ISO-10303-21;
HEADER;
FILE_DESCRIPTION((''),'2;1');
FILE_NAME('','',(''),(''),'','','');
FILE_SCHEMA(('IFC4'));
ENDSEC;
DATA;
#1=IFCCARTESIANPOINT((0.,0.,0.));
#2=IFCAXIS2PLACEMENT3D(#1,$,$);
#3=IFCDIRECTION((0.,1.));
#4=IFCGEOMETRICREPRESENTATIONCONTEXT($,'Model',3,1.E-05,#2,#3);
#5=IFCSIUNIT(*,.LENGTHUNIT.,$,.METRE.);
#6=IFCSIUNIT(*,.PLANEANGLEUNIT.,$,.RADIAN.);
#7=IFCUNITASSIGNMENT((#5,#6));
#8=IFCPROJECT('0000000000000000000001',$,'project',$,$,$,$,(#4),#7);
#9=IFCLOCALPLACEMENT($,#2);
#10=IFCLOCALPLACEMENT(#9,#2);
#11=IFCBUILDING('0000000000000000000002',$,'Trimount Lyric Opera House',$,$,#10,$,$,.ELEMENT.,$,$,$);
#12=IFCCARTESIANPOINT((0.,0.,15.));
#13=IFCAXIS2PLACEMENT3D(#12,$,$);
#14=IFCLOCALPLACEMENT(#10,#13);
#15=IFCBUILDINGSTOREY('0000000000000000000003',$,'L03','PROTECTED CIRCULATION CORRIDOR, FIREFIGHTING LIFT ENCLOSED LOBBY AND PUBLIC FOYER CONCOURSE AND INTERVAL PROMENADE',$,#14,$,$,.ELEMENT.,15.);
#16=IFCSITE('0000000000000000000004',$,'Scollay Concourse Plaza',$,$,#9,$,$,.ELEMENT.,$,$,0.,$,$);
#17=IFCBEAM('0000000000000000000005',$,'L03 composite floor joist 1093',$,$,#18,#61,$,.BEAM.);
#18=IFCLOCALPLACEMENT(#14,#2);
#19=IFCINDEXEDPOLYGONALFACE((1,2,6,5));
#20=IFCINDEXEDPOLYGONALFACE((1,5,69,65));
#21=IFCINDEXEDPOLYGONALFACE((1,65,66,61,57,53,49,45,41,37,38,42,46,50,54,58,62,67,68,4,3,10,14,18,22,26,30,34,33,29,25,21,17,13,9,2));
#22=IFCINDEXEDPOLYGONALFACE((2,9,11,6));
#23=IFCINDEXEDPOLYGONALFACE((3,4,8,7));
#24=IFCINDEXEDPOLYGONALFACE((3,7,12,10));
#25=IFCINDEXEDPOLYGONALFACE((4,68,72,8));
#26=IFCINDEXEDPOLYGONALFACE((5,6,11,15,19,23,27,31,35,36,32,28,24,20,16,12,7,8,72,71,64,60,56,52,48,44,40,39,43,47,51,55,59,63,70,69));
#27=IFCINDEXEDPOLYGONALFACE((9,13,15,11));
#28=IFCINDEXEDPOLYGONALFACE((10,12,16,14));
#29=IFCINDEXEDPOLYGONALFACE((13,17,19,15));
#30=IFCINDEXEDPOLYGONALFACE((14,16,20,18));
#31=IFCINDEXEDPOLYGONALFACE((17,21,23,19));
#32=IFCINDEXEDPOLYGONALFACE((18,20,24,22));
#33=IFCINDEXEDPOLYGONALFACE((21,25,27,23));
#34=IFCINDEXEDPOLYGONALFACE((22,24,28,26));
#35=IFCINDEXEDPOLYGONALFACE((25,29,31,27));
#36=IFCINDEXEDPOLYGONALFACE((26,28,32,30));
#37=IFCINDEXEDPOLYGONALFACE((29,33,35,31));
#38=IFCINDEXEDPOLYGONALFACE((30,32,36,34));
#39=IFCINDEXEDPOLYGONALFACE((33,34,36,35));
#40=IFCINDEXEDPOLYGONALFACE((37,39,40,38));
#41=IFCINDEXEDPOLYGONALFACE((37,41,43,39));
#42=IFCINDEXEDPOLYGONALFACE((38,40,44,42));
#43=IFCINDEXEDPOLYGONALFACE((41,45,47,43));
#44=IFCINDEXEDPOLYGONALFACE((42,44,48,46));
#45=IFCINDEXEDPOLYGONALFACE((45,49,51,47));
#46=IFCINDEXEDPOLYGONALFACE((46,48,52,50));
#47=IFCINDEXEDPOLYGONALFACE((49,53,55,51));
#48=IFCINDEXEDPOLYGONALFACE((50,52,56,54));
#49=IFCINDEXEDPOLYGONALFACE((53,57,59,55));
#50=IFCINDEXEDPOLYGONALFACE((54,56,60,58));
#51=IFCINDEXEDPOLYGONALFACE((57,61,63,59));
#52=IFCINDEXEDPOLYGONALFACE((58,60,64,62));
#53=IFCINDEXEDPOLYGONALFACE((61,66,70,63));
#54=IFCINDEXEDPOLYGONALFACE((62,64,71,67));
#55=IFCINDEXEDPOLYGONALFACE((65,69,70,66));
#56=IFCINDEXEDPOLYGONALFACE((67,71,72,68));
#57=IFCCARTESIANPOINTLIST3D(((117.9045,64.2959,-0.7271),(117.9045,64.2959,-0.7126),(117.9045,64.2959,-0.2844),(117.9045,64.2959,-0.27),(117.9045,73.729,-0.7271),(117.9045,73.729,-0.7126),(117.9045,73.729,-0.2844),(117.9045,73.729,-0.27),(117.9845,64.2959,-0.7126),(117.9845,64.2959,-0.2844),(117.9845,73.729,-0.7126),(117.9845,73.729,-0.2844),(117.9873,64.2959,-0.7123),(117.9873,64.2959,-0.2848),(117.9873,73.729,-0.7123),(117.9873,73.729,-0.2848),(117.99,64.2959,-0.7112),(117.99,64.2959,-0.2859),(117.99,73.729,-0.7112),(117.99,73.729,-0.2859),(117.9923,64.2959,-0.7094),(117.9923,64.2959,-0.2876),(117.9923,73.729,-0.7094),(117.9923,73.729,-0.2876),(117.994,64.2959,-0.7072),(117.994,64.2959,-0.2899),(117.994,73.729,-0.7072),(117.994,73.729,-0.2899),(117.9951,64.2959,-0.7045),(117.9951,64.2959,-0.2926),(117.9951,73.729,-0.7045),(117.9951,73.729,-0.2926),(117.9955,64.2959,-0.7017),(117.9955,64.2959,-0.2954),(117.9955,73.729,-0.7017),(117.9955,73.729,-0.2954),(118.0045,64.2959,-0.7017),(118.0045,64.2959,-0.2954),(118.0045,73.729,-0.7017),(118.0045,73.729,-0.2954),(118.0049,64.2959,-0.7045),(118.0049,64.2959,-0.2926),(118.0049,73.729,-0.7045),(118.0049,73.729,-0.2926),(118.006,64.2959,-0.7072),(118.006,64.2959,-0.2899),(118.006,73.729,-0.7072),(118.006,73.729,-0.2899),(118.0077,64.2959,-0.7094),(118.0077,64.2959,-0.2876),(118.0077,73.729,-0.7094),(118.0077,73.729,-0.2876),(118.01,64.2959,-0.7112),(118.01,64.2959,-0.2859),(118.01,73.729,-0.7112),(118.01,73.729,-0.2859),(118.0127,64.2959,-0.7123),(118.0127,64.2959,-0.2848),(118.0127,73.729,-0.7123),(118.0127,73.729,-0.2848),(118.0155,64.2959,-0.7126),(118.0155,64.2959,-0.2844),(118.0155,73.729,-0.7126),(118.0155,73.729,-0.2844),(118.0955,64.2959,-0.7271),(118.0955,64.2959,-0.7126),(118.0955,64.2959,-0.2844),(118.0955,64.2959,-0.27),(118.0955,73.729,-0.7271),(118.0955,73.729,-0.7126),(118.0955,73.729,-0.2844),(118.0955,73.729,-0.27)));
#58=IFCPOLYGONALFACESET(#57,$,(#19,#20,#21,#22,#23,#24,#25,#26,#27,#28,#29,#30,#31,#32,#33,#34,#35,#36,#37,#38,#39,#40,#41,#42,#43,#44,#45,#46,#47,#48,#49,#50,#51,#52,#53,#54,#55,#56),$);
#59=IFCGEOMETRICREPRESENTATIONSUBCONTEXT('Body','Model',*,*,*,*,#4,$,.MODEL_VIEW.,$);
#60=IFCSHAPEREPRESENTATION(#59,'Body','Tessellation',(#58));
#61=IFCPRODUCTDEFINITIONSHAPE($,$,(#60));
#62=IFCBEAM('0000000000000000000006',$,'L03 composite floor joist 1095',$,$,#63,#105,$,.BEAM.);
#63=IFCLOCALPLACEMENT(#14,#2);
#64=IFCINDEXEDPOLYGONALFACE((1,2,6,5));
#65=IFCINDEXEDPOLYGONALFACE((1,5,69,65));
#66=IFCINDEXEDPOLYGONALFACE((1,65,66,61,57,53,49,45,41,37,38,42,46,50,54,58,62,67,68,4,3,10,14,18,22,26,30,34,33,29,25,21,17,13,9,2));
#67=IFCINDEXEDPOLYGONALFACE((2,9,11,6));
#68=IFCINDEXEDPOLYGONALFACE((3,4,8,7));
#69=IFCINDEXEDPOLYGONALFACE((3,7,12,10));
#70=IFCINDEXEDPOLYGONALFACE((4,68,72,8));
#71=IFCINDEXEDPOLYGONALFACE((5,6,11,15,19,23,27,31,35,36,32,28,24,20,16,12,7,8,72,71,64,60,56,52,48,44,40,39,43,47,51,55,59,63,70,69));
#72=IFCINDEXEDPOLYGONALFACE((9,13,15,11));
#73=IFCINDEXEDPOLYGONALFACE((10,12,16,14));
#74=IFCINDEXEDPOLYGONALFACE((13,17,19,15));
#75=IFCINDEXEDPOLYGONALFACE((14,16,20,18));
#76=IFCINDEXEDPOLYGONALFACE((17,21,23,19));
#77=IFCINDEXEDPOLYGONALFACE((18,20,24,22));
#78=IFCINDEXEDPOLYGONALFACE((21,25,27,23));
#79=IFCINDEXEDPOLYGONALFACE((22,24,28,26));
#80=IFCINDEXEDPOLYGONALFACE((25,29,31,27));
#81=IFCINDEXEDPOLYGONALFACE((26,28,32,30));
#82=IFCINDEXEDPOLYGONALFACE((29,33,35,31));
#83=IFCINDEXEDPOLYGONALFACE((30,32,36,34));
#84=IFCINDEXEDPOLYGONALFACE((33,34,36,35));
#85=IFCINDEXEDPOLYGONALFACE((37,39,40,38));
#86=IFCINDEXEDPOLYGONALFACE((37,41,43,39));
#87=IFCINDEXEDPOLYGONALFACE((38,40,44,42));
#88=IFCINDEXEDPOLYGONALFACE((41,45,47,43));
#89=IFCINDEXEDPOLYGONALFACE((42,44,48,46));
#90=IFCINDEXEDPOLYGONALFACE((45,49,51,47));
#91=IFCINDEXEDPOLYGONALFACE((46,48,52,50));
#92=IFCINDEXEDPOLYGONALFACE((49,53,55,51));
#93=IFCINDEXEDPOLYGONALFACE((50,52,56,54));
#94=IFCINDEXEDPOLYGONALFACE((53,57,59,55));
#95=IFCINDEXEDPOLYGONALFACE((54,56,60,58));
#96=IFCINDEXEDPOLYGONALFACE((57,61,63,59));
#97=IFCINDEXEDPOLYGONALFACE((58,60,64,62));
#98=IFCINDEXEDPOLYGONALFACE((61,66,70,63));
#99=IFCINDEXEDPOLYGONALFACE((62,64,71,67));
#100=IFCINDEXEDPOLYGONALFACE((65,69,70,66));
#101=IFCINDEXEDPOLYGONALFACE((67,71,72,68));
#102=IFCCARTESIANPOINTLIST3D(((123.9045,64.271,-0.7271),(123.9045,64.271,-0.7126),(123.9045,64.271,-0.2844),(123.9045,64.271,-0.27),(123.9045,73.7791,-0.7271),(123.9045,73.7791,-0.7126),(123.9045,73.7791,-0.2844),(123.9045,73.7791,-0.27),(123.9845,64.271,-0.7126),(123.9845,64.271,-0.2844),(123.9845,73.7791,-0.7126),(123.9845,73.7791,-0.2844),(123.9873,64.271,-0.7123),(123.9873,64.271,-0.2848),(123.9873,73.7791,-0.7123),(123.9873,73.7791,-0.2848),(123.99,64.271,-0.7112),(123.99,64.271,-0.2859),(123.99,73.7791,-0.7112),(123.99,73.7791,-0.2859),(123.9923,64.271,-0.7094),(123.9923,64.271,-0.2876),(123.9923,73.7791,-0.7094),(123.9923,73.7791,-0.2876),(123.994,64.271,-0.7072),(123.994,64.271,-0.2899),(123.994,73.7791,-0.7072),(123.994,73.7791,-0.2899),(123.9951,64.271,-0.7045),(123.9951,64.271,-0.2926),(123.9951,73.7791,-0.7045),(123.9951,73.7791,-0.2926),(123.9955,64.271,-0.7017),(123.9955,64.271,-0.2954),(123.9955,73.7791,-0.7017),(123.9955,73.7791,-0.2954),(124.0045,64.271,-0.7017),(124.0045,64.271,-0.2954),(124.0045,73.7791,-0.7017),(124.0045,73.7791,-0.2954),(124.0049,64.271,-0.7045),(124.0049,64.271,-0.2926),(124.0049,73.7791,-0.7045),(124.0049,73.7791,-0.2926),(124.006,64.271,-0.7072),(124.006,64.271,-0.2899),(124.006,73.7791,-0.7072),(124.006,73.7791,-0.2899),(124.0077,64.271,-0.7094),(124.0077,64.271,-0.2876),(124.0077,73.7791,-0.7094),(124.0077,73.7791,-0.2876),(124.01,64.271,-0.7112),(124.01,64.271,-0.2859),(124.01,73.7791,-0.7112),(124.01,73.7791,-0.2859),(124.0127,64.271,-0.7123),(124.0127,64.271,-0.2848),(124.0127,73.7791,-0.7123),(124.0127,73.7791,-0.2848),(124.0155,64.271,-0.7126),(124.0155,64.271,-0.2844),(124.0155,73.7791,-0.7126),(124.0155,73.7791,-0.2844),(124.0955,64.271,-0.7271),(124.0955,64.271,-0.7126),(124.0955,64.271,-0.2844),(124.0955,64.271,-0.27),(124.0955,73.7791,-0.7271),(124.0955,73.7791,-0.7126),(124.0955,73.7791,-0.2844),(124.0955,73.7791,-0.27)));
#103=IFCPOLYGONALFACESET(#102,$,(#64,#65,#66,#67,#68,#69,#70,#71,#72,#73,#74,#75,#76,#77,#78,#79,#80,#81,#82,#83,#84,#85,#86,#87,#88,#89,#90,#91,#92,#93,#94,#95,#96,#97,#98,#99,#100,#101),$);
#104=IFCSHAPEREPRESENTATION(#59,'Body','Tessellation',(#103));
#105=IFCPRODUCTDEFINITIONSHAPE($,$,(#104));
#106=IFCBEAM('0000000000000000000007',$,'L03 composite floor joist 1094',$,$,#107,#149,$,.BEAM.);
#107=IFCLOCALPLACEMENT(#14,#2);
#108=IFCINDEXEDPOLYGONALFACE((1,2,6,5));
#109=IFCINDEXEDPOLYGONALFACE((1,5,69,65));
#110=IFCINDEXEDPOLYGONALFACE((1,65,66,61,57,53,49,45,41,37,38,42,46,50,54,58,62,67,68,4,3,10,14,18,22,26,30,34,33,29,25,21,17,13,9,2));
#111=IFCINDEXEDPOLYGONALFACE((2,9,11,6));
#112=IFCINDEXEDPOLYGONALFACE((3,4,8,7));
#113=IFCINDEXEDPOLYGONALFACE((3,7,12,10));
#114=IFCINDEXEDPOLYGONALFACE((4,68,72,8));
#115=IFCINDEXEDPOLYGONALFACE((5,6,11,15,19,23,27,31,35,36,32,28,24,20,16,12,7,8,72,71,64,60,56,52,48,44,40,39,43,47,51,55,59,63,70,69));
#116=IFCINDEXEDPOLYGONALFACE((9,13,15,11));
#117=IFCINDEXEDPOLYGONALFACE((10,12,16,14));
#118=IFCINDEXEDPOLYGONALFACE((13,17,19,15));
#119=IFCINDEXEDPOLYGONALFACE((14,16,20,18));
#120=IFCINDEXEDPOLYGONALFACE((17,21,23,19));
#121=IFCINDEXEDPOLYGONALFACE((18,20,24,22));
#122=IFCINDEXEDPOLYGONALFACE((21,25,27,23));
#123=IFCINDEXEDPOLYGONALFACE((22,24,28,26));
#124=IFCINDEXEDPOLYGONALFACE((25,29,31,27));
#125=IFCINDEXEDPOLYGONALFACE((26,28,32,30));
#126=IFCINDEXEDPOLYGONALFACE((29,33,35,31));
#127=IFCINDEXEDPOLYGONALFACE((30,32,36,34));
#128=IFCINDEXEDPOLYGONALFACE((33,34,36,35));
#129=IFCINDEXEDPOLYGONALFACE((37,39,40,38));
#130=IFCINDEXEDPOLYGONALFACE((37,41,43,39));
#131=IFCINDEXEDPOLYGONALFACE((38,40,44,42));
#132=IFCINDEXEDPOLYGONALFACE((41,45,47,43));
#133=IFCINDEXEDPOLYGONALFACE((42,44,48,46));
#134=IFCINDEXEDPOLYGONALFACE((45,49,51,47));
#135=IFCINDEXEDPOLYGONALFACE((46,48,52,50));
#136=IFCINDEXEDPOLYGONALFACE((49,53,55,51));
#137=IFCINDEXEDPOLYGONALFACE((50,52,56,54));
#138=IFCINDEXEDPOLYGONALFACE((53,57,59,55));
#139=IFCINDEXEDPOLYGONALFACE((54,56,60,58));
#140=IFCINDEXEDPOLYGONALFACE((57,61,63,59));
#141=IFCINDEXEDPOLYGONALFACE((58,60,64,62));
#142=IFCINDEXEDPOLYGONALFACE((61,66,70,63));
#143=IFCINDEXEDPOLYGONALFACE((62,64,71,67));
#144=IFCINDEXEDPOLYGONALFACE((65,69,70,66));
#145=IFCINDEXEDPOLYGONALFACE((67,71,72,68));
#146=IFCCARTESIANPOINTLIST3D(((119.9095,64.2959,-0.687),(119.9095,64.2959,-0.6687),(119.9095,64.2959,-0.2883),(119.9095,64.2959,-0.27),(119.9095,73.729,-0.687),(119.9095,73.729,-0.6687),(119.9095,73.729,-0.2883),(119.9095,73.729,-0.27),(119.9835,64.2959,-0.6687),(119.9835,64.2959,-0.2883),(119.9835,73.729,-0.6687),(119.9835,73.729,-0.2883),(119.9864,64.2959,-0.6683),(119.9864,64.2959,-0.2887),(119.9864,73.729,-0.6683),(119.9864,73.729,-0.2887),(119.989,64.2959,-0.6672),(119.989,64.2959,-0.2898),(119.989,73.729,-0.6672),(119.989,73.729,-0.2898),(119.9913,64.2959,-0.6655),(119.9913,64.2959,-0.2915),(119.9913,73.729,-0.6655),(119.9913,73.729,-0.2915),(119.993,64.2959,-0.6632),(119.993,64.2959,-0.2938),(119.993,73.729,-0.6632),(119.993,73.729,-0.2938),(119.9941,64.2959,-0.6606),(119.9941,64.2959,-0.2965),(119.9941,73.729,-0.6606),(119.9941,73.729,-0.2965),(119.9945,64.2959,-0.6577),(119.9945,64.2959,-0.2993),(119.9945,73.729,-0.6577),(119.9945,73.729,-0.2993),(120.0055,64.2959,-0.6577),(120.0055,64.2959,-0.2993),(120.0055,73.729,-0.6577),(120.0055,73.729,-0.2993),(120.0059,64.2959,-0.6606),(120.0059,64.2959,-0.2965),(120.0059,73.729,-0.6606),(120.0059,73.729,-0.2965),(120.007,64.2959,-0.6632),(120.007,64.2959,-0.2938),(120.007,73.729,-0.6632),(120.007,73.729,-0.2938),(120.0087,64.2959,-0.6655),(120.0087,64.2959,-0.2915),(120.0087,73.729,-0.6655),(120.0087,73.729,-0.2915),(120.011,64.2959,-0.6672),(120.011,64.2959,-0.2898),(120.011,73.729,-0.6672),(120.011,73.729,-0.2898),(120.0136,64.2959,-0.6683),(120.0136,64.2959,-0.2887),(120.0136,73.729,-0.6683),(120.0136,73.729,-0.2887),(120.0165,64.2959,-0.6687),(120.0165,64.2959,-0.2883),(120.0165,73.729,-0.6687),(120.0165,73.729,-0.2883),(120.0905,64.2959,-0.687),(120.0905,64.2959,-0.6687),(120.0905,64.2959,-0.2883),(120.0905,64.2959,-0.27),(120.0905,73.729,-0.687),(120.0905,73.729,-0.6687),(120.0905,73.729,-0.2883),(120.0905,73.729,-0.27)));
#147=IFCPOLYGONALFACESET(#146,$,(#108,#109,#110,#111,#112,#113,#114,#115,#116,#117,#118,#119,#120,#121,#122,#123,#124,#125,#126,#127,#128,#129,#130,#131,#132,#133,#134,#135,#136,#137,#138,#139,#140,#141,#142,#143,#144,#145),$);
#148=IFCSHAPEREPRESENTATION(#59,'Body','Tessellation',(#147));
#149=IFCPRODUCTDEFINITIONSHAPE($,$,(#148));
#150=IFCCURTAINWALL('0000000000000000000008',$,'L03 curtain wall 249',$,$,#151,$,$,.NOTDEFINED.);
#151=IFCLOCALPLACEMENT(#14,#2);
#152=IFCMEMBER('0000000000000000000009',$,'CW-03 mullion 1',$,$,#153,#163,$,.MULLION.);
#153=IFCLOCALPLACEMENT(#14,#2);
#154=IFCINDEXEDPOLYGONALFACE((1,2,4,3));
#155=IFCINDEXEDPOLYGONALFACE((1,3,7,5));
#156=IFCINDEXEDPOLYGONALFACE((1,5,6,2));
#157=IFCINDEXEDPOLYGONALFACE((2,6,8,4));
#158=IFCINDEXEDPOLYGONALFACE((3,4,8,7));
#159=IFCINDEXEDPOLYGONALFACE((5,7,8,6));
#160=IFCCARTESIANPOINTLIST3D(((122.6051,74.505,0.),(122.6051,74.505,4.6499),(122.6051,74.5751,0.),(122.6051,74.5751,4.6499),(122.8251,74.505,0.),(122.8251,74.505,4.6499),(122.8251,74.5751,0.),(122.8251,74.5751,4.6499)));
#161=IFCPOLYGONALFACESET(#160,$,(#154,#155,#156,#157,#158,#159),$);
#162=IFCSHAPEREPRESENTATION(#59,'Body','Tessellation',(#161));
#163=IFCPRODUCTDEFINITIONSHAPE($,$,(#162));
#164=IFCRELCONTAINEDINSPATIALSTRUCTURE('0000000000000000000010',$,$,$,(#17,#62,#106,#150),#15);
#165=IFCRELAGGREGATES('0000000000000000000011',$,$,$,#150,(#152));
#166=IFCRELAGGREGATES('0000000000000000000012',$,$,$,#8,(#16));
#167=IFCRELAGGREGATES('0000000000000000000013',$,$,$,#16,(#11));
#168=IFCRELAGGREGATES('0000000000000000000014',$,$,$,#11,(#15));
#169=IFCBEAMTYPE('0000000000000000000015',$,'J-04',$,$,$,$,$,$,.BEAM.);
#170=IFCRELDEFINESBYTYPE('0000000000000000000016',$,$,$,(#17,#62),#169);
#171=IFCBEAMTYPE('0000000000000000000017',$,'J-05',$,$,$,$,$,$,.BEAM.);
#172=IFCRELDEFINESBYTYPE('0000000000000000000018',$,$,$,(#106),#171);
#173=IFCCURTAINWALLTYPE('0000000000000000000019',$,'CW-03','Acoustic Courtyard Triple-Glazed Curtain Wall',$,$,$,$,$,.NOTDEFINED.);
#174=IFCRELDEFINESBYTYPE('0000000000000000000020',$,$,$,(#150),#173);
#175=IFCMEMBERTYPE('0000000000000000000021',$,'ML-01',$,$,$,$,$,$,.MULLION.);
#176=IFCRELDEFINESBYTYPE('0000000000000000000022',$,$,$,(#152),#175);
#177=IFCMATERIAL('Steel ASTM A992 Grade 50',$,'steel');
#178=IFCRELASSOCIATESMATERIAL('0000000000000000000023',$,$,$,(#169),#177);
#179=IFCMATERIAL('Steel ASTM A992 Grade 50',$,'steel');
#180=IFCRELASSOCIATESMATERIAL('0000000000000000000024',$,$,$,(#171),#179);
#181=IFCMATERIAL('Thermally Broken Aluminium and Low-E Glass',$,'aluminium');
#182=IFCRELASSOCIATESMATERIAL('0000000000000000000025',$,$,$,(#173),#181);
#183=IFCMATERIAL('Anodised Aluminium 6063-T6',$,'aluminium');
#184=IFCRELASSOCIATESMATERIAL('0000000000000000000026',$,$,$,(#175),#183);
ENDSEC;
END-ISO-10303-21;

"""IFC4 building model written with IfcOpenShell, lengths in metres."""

from ifc_helpers import new_model, si_unit, direction, frame, origin, origin_2d, place, context, subcontext, project, spatial, rectangle, i_section, extrude, material, material_profile, profile_set, type_object, element, aggregate, save


model = new_model("IFC4")

# Units and contexts
model_context = context("Model", 3, precision=1e-05, world=origin(), true_north=direction((0.0, 1.0)))
body_context = subcontext(model_context, "Body", "Model", "MODEL_VIEW")
ifc_project = project(units=[si_unit("LENGTHUNIT", "METRE"), si_unit("PLANEANGLEUNIT", "RADIAN")], contexts=[model_context])

# Site, building, storey
site_placement = place(None, origin())
site = spatial("IfcSite", under=ifc_project, at=site_placement, Name="Scollay Concourse Plaza", CompositionType="ELEMENT", RefElevation=0.0)
building_placement = place(site_placement, origin())
building = spatial("IfcBuilding", under=site, at=building_placement, Name="Trimount Lyric Opera House", CompositionType="ELEMENT")
storey_placement = place(building_placement, frame((0.0, 0.0, 15.0)))
storey = spatial("IfcBuildingStorey", under=building, at=storey_placement, Name="L03", Description="PROTECTED CIRCULATION CORRIDOR, FIREFIGHTING LIFT ENCLOSED LOBBY AND PUBLIC FOYER CONCOURSE AND INTERVAL PROMENADE", CompositionType="ELEMENT", Elevation=15.0)

# Beams
ifc_material_1 = material(Name="Steel ASTM A992 Grade 50", Category="steel")
ifc_material_profile_1 = material_profile(ifc_material_1, i_section(OverallWidth=0.1909, OverallDepth=0.457, WebThickness=0.009, FlangeThickness=0.0144, FilletRadius=0.011, at=origin_2d()), Name="W18X50")
ifc_profile_set_1 = profile_set([ifc_material_profile_1], Name="Steel ASTM A992 Grade 50")
beam_type_1 = type_object("IfcBeamType", Name="J-04", PredefinedType="BEAM", material=ifc_profile_set_1)
beam_1_placement = place(storey_placement, frame((118.0, 64.2959, -0.4985), z_axis=(0.0, 1.0, 0.0), x_axis=(-1.0, 0.0, 0.0)))
element("IfcBeam", 1, at=beam_1_placement, inside=storey, type_object=beam_type_1, Name="L03 composite floor joist 1093", PredefinedType="BEAM", context=body_context, shape_type="SweptSolid", body=[
    extrude(i_section(OverallWidth=0.1909, OverallDepth=0.457, WebThickness=0.009, FlangeThickness=0.0144, FilletRadius=0.011, at=origin_2d()), origin(), (0.0, 0.0, 1.0), 9.4331),
])
beam_2_placement = place(storey_placement, frame((124.0, 64.271, -0.4985), z_axis=(0.0, 1.0, 0.0), x_axis=(-1.0, 0.0, 0.0)))
element("IfcBeam", 2, at=beam_2_placement, inside=storey, type_object=beam_type_1, Name="L03 composite floor joist 1095", PredefinedType="BEAM", context=body_context, shape_type="SweptSolid", body=[
    extrude(i_section(OverallWidth=0.1909, OverallDepth=0.457, WebThickness=0.009, FlangeThickness=0.0144, FilletRadius=0.011, at=origin_2d()), origin(), (0.0, 0.0, 1.0), 9.5081),
])
ifc_material_2 = material(Name="Steel ASTM A992 Grade 50", Category="steel")
ifc_material_profile_2 = material_profile(ifc_material_2, i_section(OverallWidth=0.1809, OverallDepth=0.417, WebThickness=0.011, FlangeThickness=0.0183, FilletRadius=0.011, at=origin_2d()), Name="W16X57")
ifc_profile_set_2 = profile_set([ifc_material_profile_2], Name="Steel ASTM A992 Grade 50")
beam_type_2 = type_object("IfcBeamType", Name="J-05", PredefinedType="BEAM", material=ifc_profile_set_2)
beam_3_placement = place(storey_placement, frame((120.0, 64.2959, -0.4785), z_axis=(0.0, 1.0, 0.0), x_axis=(-1.0, 0.0, 0.0)))
element("IfcBeam", 3, at=beam_3_placement, inside=storey, type_object=beam_type_2, Name="L03 composite floor joist 1094", PredefinedType="BEAM", context=body_context, shape_type="SweptSolid", body=[
    extrude(i_section(OverallWidth=0.1809, OverallDepth=0.417, WebThickness=0.011, FlangeThickness=0.0183, FilletRadius=0.011, at=origin_2d()), origin(), (0.0, 0.0, 1.0), 9.4331),
])

# Curtain wall, member
ifc_material_3 = material(Name="Thermally Broken Aluminium and Low-E Glass", Category="aluminium")
curtain_wall_type = type_object("IfcCurtainWallType", Name="CW-03", Description="Acoustic Courtyard Triple-Glazed Curtain Wall", PredefinedType="NOTDEFINED", material=ifc_material_3)
curtain_wall_placement = place(storey_placement, origin())
curtain_wall = element("IfcCurtainWall", 4, at=curtain_wall_placement, inside=storey, type_object=curtain_wall_type, Name="L03 curtain wall 249", PredefinedType="NOTDEFINED")
ifc_material_4 = material(Name="Anodised Aluminium 6063-T6", Category="aluminium")
ifc_material_profile_3 = material_profile(ifc_material_4, rectangle(XDim=0.0701, YDim=0.22, at=origin_2d()), Name="ALU-MULL-70X220")
ifc_profile_set_3 = profile_set([ifc_material_profile_3], Name="Anodised Aluminium 6063-T6")
member_type_1 = type_object("IfcMemberType", Name="ML-01", PredefinedType="MULLION", material=ifc_profile_set_3)
member_1_placement = place(storey_placement, frame((122.7151, 74.54, 0.0), z_axis=(0.0, 0.0, 1.0), x_axis=(0.0, 1.0, 0.0)))
member_1 = element("IfcMember", 5, at=member_1_placement, type_object=member_type_1, Name="CW-03 mullion 1", PredefinedType="MULLION", context=body_context, shape_type="SweptSolid", body=[
    extrude(rectangle(XDim=0.0701, YDim=0.22, at=origin_2d()), origin(), (0.0, 0.0, 1.0), 4.6499),
])

aggregate(curtain_wall, [member_1])

save(model, "model.ifc")
